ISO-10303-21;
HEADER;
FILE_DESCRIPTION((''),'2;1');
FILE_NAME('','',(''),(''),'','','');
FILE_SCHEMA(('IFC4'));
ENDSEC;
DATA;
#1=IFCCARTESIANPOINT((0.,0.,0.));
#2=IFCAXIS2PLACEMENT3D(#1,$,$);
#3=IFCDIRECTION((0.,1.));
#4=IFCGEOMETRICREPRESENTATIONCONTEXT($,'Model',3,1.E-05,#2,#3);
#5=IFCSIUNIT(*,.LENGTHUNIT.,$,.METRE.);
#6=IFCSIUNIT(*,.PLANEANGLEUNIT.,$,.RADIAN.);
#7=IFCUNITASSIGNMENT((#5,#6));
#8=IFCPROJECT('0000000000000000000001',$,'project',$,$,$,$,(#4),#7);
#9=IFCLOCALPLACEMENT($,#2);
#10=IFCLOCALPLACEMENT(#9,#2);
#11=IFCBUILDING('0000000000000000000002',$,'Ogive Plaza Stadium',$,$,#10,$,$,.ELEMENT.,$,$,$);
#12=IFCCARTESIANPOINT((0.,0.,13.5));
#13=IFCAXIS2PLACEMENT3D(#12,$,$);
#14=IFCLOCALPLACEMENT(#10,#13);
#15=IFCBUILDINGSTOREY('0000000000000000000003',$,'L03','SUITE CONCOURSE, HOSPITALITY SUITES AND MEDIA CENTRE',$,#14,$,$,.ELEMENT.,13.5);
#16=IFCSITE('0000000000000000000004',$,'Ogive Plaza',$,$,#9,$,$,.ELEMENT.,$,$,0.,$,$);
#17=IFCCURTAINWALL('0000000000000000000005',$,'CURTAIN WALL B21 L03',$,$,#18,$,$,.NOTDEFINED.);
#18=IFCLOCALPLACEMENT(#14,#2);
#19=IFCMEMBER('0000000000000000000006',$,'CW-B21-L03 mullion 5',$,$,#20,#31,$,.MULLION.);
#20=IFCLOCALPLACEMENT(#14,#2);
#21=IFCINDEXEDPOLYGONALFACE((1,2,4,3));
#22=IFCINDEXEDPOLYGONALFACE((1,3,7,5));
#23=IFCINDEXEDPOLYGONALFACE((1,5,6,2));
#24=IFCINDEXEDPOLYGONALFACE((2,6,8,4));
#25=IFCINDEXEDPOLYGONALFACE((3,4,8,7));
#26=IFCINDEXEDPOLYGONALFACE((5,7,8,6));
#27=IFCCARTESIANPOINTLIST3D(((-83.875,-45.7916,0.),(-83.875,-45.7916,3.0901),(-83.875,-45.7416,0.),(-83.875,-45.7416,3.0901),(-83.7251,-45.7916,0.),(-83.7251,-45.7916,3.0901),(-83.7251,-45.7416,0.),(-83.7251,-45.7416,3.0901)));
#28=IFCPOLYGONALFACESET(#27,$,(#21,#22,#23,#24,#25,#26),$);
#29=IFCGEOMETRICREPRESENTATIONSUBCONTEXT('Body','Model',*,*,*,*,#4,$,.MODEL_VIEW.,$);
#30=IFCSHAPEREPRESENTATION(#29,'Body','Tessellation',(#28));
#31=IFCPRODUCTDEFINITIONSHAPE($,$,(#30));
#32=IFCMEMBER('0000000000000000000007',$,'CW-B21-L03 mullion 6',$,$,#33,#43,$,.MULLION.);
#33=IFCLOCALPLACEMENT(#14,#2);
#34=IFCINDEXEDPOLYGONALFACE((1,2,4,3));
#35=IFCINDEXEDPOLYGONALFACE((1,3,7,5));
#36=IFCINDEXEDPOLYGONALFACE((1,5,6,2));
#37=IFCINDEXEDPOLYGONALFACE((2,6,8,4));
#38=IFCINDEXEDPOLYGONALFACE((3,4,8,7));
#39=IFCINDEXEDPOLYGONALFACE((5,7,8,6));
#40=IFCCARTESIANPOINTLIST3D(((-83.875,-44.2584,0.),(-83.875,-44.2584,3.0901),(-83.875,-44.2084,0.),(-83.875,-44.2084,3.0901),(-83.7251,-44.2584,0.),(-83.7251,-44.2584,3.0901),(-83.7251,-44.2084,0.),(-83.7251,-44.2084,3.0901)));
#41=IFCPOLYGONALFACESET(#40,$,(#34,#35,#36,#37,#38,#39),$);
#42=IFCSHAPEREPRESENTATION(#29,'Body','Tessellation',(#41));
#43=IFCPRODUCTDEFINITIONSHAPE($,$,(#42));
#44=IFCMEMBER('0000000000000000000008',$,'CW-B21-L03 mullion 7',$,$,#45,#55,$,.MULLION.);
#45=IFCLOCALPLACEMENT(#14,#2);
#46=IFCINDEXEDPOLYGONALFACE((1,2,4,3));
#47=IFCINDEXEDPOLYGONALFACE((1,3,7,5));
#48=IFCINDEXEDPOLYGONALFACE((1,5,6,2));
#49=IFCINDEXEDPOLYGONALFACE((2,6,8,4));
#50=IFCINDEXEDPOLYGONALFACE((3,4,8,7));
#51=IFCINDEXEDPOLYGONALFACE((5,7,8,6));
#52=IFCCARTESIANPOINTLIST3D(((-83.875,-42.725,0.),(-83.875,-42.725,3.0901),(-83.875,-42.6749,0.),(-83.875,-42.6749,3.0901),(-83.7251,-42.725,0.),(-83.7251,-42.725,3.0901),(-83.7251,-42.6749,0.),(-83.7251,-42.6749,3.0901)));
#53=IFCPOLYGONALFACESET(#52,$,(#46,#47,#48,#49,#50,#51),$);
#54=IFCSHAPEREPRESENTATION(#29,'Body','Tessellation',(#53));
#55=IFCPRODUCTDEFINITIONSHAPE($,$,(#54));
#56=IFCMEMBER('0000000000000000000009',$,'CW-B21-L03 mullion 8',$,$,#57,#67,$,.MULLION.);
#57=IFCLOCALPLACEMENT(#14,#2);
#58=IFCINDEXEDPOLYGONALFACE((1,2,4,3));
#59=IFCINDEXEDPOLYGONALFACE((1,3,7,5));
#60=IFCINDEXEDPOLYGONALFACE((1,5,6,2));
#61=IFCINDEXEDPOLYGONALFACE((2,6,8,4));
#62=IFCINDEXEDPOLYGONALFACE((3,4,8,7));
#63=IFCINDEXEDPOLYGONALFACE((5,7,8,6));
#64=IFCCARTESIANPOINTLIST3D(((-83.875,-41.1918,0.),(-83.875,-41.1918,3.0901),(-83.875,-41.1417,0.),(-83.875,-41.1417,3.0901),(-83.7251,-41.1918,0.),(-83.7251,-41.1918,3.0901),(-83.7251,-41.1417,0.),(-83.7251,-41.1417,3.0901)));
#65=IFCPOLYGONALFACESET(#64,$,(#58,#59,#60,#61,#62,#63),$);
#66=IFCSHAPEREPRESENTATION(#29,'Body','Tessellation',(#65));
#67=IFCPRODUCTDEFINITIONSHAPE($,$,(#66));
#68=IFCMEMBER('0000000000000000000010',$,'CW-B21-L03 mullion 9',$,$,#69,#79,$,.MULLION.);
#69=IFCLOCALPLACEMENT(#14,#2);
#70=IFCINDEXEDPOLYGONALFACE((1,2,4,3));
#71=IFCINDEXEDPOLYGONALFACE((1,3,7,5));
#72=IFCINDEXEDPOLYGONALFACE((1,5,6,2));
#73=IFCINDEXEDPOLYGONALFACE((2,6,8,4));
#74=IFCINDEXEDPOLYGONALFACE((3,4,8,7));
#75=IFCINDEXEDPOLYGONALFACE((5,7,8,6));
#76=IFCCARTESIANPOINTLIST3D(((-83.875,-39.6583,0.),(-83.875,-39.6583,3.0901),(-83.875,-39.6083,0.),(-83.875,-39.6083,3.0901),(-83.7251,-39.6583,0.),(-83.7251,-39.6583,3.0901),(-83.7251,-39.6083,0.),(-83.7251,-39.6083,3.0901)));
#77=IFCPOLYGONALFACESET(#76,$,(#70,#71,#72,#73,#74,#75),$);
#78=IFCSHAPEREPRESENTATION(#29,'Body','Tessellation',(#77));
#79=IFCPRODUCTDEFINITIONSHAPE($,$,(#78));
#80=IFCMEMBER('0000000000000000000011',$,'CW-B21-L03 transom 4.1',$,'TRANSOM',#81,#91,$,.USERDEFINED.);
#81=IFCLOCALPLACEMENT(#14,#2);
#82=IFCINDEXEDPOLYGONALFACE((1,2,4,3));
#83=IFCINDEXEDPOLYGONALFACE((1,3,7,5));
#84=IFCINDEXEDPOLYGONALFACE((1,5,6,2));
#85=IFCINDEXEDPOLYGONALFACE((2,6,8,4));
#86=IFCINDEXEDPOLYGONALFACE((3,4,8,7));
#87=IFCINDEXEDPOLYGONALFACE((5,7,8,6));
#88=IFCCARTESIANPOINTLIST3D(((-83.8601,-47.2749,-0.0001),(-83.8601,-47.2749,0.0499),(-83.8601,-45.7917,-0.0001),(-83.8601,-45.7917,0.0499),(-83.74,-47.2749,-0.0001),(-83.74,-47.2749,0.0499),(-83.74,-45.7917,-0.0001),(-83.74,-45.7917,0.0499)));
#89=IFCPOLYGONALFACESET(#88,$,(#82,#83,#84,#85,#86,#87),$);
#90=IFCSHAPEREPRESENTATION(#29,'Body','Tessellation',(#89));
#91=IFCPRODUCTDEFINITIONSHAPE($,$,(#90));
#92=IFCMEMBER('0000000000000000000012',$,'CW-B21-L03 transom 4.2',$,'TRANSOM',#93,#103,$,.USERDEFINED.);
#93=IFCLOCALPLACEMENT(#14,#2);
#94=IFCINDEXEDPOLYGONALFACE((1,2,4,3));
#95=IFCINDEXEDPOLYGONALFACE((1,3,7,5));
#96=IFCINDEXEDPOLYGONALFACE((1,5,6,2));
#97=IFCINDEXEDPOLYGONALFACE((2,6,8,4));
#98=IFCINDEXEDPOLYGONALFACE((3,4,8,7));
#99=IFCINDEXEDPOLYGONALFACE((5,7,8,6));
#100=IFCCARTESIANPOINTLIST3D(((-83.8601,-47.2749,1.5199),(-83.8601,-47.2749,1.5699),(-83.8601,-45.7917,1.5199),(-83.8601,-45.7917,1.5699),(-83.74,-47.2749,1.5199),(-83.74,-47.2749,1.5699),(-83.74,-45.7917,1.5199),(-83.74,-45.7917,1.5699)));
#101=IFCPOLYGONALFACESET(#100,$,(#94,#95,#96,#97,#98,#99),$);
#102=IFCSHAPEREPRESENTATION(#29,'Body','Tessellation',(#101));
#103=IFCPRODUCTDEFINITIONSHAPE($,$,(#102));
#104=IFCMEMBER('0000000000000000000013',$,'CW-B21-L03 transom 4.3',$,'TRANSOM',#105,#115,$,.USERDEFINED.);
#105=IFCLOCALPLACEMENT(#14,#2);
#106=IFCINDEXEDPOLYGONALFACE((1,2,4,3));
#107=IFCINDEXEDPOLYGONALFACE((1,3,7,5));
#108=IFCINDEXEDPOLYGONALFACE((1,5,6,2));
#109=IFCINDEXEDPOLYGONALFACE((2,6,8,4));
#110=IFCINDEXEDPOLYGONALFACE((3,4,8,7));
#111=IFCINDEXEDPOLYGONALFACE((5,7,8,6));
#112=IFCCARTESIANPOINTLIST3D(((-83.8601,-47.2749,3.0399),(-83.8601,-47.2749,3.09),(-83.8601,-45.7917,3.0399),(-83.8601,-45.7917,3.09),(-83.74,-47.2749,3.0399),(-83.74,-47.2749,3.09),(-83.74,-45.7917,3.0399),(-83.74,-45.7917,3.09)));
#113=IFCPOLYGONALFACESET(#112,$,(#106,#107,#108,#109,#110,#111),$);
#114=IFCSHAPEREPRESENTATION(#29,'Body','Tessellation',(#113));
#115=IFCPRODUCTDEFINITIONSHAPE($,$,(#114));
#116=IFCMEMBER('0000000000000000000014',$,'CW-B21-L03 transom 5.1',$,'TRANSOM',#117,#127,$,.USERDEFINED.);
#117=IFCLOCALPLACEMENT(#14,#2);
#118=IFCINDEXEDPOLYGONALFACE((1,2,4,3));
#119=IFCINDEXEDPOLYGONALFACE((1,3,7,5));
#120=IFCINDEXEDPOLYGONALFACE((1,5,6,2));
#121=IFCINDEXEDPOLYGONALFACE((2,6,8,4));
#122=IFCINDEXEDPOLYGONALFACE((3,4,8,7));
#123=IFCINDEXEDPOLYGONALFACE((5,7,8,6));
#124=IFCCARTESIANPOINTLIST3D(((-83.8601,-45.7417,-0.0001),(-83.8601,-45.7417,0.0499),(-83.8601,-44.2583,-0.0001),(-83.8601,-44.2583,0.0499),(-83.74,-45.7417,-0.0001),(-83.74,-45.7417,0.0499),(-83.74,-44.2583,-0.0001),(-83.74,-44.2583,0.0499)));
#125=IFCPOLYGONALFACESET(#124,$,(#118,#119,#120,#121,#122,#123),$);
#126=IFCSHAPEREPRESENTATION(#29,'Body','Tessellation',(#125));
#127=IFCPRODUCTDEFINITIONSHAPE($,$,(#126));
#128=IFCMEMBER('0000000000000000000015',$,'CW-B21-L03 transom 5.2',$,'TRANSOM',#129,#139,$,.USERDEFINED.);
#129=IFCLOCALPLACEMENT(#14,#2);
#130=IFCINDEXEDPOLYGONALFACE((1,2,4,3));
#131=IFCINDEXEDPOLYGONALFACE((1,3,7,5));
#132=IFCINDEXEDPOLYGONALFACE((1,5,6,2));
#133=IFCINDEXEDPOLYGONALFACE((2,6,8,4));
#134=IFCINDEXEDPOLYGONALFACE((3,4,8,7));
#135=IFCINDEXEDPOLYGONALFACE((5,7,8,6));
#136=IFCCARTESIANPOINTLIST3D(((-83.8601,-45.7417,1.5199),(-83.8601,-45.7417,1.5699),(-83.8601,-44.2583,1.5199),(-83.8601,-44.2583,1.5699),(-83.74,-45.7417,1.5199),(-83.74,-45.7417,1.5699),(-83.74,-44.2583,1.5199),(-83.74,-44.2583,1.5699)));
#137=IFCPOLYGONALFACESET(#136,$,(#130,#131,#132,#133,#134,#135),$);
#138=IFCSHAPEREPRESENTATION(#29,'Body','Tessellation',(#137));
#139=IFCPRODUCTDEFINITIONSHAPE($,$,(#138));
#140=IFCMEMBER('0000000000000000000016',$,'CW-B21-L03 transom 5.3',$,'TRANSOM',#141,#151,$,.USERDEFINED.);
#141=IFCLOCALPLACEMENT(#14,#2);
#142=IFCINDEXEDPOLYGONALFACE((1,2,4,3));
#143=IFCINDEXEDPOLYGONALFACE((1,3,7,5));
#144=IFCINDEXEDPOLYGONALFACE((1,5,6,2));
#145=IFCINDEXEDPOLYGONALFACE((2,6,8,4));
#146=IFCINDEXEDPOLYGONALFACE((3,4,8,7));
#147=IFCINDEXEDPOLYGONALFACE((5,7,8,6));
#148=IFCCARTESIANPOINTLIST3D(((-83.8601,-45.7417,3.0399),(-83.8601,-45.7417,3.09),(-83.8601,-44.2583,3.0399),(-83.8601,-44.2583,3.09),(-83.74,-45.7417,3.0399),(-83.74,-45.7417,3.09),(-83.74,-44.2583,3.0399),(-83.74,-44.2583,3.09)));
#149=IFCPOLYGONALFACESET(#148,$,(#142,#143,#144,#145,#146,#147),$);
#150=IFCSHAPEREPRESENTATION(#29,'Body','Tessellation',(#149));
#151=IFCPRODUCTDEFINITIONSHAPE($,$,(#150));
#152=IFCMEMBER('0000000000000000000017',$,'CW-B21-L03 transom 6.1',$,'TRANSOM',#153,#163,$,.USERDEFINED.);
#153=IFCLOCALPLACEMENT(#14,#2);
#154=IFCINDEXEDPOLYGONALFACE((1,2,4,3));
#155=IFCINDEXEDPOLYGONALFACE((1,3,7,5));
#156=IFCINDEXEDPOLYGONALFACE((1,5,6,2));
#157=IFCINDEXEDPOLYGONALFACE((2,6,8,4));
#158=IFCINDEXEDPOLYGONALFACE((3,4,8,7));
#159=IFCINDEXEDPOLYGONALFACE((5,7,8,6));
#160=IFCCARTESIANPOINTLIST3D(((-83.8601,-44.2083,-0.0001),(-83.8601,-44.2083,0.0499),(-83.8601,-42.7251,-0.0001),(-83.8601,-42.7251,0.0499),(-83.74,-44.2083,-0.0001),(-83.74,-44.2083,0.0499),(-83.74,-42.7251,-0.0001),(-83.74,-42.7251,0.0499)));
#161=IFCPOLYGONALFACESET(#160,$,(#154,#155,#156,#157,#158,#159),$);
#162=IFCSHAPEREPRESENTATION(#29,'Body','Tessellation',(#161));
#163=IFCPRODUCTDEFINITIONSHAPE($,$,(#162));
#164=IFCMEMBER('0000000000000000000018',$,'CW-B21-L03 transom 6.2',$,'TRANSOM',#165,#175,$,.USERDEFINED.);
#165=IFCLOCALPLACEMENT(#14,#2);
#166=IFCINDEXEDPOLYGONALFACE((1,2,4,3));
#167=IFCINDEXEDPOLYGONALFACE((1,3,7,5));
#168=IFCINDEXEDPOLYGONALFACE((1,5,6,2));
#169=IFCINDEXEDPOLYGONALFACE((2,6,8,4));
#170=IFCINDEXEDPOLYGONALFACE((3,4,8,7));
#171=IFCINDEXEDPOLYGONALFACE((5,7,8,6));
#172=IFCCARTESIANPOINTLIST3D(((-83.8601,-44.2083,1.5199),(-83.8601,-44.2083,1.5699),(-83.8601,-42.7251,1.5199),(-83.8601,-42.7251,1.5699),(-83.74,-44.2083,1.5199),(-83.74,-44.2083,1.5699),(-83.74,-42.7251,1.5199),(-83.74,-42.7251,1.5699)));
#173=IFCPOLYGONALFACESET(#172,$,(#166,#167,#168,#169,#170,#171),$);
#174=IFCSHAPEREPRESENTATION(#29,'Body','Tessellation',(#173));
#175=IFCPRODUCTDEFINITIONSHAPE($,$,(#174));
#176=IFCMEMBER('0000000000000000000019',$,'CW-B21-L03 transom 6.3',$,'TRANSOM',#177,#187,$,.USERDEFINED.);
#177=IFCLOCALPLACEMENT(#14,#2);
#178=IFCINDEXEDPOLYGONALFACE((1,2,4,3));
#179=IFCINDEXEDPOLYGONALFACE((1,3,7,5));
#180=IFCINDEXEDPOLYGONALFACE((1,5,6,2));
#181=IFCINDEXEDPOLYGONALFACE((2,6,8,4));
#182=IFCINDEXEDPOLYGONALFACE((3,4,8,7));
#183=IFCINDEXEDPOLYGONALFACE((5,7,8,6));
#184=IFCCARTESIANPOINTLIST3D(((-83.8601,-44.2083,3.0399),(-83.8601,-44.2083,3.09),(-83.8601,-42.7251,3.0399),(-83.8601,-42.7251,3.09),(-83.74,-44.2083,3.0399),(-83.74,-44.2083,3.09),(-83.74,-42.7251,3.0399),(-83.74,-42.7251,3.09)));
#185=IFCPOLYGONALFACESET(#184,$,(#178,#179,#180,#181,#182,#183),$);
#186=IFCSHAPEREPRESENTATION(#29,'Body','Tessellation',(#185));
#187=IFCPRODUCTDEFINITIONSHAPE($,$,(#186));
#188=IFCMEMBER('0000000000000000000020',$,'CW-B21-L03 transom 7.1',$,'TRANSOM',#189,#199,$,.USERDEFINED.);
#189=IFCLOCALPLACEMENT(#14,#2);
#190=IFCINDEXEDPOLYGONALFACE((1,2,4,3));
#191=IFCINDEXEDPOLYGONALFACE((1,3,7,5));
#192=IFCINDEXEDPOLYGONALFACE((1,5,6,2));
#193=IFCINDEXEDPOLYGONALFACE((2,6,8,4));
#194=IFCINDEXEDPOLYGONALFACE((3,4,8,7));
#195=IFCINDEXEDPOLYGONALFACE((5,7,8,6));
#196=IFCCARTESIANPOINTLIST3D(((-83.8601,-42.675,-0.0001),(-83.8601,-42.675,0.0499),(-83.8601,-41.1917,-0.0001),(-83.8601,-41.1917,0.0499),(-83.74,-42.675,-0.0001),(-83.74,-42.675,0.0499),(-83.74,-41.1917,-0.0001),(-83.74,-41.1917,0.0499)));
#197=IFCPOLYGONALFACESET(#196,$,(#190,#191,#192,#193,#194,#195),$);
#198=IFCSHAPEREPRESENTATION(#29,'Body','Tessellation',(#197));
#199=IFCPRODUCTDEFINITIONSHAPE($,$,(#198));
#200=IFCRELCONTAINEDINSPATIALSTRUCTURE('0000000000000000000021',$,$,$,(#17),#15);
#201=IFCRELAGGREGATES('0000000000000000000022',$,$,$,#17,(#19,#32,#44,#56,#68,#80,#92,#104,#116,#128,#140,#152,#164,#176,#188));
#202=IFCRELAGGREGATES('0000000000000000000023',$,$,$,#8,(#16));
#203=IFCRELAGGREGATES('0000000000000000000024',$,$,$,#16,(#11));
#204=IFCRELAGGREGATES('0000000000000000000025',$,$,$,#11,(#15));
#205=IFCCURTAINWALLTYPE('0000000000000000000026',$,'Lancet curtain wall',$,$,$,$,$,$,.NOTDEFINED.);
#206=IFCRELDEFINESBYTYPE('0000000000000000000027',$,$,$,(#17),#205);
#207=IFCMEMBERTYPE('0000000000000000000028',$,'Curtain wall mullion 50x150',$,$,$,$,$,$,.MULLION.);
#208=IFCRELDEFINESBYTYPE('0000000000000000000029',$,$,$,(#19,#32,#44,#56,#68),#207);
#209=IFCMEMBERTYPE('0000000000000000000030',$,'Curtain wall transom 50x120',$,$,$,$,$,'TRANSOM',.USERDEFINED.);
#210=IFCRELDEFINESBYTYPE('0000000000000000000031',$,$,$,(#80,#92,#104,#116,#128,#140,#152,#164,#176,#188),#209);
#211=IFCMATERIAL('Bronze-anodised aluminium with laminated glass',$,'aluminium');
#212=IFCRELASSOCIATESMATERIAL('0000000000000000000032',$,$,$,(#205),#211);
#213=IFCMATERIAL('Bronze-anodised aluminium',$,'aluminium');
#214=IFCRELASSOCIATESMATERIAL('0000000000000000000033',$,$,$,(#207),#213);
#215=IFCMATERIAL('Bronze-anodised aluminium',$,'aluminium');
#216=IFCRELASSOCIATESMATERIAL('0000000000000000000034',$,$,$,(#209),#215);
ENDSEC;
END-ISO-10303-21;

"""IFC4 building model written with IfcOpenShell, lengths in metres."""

from ifc_helpers import new_model, si_unit, direction, frame, origin, origin_2d, place, context, subcontext, project, spatial, rectangle, extrude, material, material_profile, profile_set, type_object, element, aggregate, save


model = new_model("IFC4")

# Units and contexts
model_context = context("Model", 3, precision=1e-05, world=origin(), true_north=direction((0.0, 1.0)))
body_context = subcontext(model_context, "Body", "Model", "MODEL_VIEW")
ifc_project = project(units=[si_unit("LENGTHUNIT", "METRE"), si_unit("PLANEANGLEUNIT", "RADIAN")], contexts=[model_context])

# Site, building, storey
site_placement = place(None, origin())
site = spatial("IfcSite", under=ifc_project, at=site_placement, Name="Ogive Plaza", CompositionType="ELEMENT", RefElevation=0.0)
building_placement = place(site_placement, origin())
building = spatial("IfcBuilding", under=site, at=building_placement, Name="Ogive Plaza Stadium", CompositionType="ELEMENT")
storey_placement = place(building_placement, frame((0.0, 0.0, 13.5)))
storey = spatial("IfcBuildingStorey", under=building, at=storey_placement, Name="L03", Description="SUITE CONCOURSE, HOSPITALITY SUITES AND MEDIA CENTRE", CompositionType="ELEMENT", Elevation=13.5)

# Curtain wall, members
ifc_material_1 = material(Name="Bronze-anodised aluminium with laminated glass", Category="aluminium")
curtain_wall_type = type_object("IfcCurtainWallType", Name="Lancet curtain wall", PredefinedType="NOTDEFINED", material=ifc_material_1)
curtain_wall_placement = place(storey_placement, origin())
curtain_wall = element("IfcCurtainWall", 1, at=curtain_wall_placement, inside=storey, type_object=curtain_wall_type, Name="CURTAIN WALL B21 L03", PredefinedType="NOTDEFINED")
ifc_material_2 = material(Name="Bronze-anodised aluminium", Category="aluminium")
ifc_material_profile_1 = material_profile(ifc_material_2, rectangle(XDim=0.1499, YDim=0.05, at=origin_2d()), Name="AL 150x50")
ifc_profile_set_1 = profile_set([ifc_material_profile_1], Name="Bronze-anodised aluminium")
member_type_1 = type_object("IfcMemberType", Name="Curtain wall mullion 50x150", PredefinedType="MULLION", material=ifc_profile_set_1)
member_1_placement = place(storey_placement, frame((-83.8, -45.7666, 0.0), z_axis=(0.0, 0.0, 1.0), x_axis=(-1.0, 0.0, 0.0)))
member_1 = element("IfcMember", 2, at=member_1_placement, type_object=member_type_1, Name="CW-B21-L03 mullion 5", PredefinedType="MULLION", context=body_context, shape_type="SweptSolid", body=[
    extrude(rectangle(XDim=0.1499, YDim=0.05, at=origin_2d()), origin(), (0.0, 0.0, 1.0), 3.0901),
])
member_2_placement = place(storey_placement, frame((-83.8, -44.2334, 0.0), z_axis=(0.0, 0.0, 1.0), x_axis=(-1.0, 0.0, 0.0)))
member_2 = element("IfcMember", 3, at=member_2_placement, type_object=member_type_1, Name="CW-B21-L03 mullion 6", PredefinedType="MULLION", context=body_context, shape_type="SweptSolid", body=[
    extrude(rectangle(XDim=0.1499, YDim=0.05, at=origin_2d()), origin(), (0.0, 0.0, 1.0), 3.0901),
])
member_3_placement = place(storey_placement, frame((-83.8, -42.7, 0.0), z_axis=(0.0, 0.0, 1.0), x_axis=(-1.0, 0.0, 0.0)))
member_3 = element("IfcMember", 4, at=member_3_placement, type_object=member_type_1, Name="CW-B21-L03 mullion 7", PredefinedType="MULLION", context=body_context, shape_type="SweptSolid", body=[
    extrude(rectangle(XDim=0.1499, YDim=0.05, at=origin_2d()), origin(), (0.0, 0.0, 1.0), 3.0901),
])
member_4_placement = place(storey_placement, frame((-83.8, -41.1667, 0.0), z_axis=(0.0, 0.0, 1.0), x_axis=(-1.0, 0.0, 0.0)))
member_4 = element("IfcMember", 5, at=member_4_placement, type_object=member_type_1, Name="CW-B21-L03 mullion 8", PredefinedType="MULLION", context=body_context, shape_type="SweptSolid", body=[
    extrude(rectangle(XDim=0.1499, YDim=0.05, at=origin_2d()), origin(), (0.0, 0.0, 1.0), 3.0901),
])
member_5_placement = place(storey_placement, frame((-83.8, -39.6333, 0.0), z_axis=(0.0, 0.0, 1.0), x_axis=(-1.0, 0.0, 0.0)))
member_5 = element("IfcMember", 6, at=member_5_placement, type_object=member_type_1, Name="CW-B21-L03 mullion 9", PredefinedType="MULLION", context=body_context, shape_type="SweptSolid", body=[
    extrude(rectangle(XDim=0.1499, YDim=0.05, at=origin_2d()), origin(), (0.0, 0.0, 1.0), 3.0901),
])
ifc_material_3 = material(Name="Bronze-anodised aluminium", Category="aluminium")
ifc_material_profile_2 = material_profile(ifc_material_3, rectangle(XDim=0.1201, YDim=0.05, at=origin_2d()), Name="AL 120x50")
ifc_profile_set_2 = profile_set([ifc_material_profile_2], Name="Bronze-anodised aluminium")
member_type_2 = type_object("IfcMemberType", Name="Curtain wall transom 50x120", ElementType="TRANSOM", PredefinedType="USERDEFINED", material=ifc_profile_set_2)
member_6_placement = place(storey_placement, frame((-83.8, -47.2749, 0.0249), z_axis=(0.0, 1.0, 0.0), x_axis=(-1.0, 0.0, 0.0)))
member_6 = element("IfcMember", 7, at=member_6_placement, type_object=member_type_2, Name="CW-B21-L03 transom 4.1", ObjectType="TRANSOM", PredefinedType="USERDEFINED", context=body_context, shape_type="SweptSolid", body=[
    extrude(rectangle(XDim=0.1201, YDim=0.05, at=origin_2d()), origin(), (0.0, 0.0, 1.0), 1.4832),
])
member_7_placement = place(storey_placement, frame((-83.8, -47.2749, 1.5449), z_axis=(0.0, 1.0, 0.0), x_axis=(-1.0, 0.0, 0.0)))
member_7 = element("IfcMember", 8, at=member_7_placement, type_object=member_type_2, Name="CW-B21-L03 transom 4.2", ObjectType="TRANSOM", PredefinedType="USERDEFINED", context=body_context, shape_type="SweptSolid", body=[
    extrude(rectangle(XDim=0.1201, YDim=0.05, at=origin_2d()), origin(), (0.0, 0.0, 1.0), 1.4832),
])
member_8_placement = place(storey_placement, frame((-83.8, -47.2749, 3.0649), z_axis=(0.0, 1.0, 0.0), x_axis=(-1.0, 0.0, 0.0)))
member_8 = element("IfcMember", 9, at=member_8_placement, type_object=member_type_2, Name="CW-B21-L03 transom 4.3", ObjectType="TRANSOM", PredefinedType="USERDEFINED", context=body_context, shape_type="SweptSolid", body=[
    extrude(rectangle(XDim=0.1201, YDim=0.05, at=origin_2d()), origin(), (0.0, 0.0, 1.0), 1.4832),
])
member_9_placement = place(storey_placement, frame((-83.8, -45.7417, 0.0249), z_axis=(0.0, 1.0, 0.0), x_axis=(-1.0, 0.0, 0.0)))
member_9 = element("IfcMember", 10, at=member_9_placement, type_object=member_type_2, Name="CW-B21-L03 transom 5.1", ObjectType="TRANSOM", PredefinedType="USERDEFINED", context=body_context, shape_type="SweptSolid", body=[
    extrude(rectangle(XDim=0.1201, YDim=0.05, at=origin_2d()), origin(), (0.0, 0.0, 1.0), 1.4834),
])
member_10_placement = place(storey_placement, frame((-83.8, -45.7417, 1.5449), z_axis=(0.0, 1.0, 0.0), x_axis=(-1.0, 0.0, 0.0)))
member_10 = element("IfcMember", 11, at=member_10_placement, type_object=member_type_2, Name="CW-B21-L03 transom 5.2", ObjectType="TRANSOM", PredefinedType="USERDEFINED", context=body_context, shape_type="SweptSolid", body=[
    extrude(rectangle(XDim=0.1201, YDim=0.05, at=origin_2d()), origin(), (0.0, 0.0, 1.0), 1.4834),
])
member_11_placement = place(storey_placement, frame((-83.8, -45.7417, 3.0649), z_axis=(0.0, 1.0, 0.0), x_axis=(-1.0, 0.0, 0.0)))
member_11 = element("IfcMember", 12, at=member_11_placement, type_object=member_type_2, Name="CW-B21-L03 transom 5.3", ObjectType="TRANSOM", PredefinedType="USERDEFINED", context=body_context, shape_type="SweptSolid", body=[
    extrude(rectangle(XDim=0.1201, YDim=0.05, at=origin_2d()), origin(), (0.0, 0.0, 1.0), 1.4834),
])
member_12_placement = place(storey_placement, frame((-83.8, -44.2083, 0.0249), z_axis=(0.0, 1.0, 0.0), x_axis=(-1.0, 0.0, 0.0)))
member_12 = element("IfcMember", 13, at=member_12_placement, type_object=member_type_2, Name="CW-B21-L03 transom 6.1", ObjectType="TRANSOM", PredefinedType="USERDEFINED", context=body_context, shape_type="SweptSolid", body=[
    extrude(rectangle(XDim=0.1201, YDim=0.05, at=origin_2d()), origin(), (0.0, 0.0, 1.0), 1.4832),
])
member_13_placement = place(storey_placement, frame((-83.8, -44.2083, 1.5449), z_axis=(0.0, 1.0, 0.0), x_axis=(-1.0, 0.0, 0.0)))
member_13 = element("IfcMember", 14, at=member_13_placement, type_object=member_type_2, Name="CW-B21-L03 transom 6.2", ObjectType="TRANSOM", PredefinedType="USERDEFINED", context=body_context, shape_type="SweptSolid", body=[
    extrude(rectangle(XDim=0.1201, YDim=0.05, at=origin_2d()), origin(), (0.0, 0.0, 1.0), 1.4832),
])
member_14_placement = place(storey_placement, frame((-83.8, -44.2083, 3.0649), z_axis=(0.0, 1.0, 0.0), x_axis=(-1.0, 0.0, 0.0)))
member_14 = element("IfcMember", 15, at=member_14_placement, type_object=member_type_2, Name="CW-B21-L03 transom 6.3", ObjectType="TRANSOM", PredefinedType="USERDEFINED", context=body_context, shape_type="SweptSolid", body=[
    extrude(rectangle(XDim=0.1201, YDim=0.05, at=origin_2d()), origin(), (0.0, 0.0, 1.0), 1.4832),
])
member_15_placement = place(storey_placement, frame((-83.8, -42.675, 0.0249), z_axis=(0.0, 1.0, 0.0), x_axis=(-1.0, 0.0, 0.0)))
member_15 = element("IfcMember", 16, at=member_15_placement, type_object=member_type_2, Name="CW-B21-L03 transom 7.1", ObjectType="TRANSOM", PredefinedType="USERDEFINED", context=body_context, shape_type="SweptSolid", body=[
    extrude(rectangle(XDim=0.1201, YDim=0.05, at=origin_2d()), origin(), (0.0, 0.0, 1.0), 1.4834),
])
aggregate(curtain_wall, [member_1, member_2, member_3, member_4, member_5, member_6, member_7, member_8, member_9, member_10, member_11, member_12, member_13, member_14, member_15])

save(model, "model.ifc")
